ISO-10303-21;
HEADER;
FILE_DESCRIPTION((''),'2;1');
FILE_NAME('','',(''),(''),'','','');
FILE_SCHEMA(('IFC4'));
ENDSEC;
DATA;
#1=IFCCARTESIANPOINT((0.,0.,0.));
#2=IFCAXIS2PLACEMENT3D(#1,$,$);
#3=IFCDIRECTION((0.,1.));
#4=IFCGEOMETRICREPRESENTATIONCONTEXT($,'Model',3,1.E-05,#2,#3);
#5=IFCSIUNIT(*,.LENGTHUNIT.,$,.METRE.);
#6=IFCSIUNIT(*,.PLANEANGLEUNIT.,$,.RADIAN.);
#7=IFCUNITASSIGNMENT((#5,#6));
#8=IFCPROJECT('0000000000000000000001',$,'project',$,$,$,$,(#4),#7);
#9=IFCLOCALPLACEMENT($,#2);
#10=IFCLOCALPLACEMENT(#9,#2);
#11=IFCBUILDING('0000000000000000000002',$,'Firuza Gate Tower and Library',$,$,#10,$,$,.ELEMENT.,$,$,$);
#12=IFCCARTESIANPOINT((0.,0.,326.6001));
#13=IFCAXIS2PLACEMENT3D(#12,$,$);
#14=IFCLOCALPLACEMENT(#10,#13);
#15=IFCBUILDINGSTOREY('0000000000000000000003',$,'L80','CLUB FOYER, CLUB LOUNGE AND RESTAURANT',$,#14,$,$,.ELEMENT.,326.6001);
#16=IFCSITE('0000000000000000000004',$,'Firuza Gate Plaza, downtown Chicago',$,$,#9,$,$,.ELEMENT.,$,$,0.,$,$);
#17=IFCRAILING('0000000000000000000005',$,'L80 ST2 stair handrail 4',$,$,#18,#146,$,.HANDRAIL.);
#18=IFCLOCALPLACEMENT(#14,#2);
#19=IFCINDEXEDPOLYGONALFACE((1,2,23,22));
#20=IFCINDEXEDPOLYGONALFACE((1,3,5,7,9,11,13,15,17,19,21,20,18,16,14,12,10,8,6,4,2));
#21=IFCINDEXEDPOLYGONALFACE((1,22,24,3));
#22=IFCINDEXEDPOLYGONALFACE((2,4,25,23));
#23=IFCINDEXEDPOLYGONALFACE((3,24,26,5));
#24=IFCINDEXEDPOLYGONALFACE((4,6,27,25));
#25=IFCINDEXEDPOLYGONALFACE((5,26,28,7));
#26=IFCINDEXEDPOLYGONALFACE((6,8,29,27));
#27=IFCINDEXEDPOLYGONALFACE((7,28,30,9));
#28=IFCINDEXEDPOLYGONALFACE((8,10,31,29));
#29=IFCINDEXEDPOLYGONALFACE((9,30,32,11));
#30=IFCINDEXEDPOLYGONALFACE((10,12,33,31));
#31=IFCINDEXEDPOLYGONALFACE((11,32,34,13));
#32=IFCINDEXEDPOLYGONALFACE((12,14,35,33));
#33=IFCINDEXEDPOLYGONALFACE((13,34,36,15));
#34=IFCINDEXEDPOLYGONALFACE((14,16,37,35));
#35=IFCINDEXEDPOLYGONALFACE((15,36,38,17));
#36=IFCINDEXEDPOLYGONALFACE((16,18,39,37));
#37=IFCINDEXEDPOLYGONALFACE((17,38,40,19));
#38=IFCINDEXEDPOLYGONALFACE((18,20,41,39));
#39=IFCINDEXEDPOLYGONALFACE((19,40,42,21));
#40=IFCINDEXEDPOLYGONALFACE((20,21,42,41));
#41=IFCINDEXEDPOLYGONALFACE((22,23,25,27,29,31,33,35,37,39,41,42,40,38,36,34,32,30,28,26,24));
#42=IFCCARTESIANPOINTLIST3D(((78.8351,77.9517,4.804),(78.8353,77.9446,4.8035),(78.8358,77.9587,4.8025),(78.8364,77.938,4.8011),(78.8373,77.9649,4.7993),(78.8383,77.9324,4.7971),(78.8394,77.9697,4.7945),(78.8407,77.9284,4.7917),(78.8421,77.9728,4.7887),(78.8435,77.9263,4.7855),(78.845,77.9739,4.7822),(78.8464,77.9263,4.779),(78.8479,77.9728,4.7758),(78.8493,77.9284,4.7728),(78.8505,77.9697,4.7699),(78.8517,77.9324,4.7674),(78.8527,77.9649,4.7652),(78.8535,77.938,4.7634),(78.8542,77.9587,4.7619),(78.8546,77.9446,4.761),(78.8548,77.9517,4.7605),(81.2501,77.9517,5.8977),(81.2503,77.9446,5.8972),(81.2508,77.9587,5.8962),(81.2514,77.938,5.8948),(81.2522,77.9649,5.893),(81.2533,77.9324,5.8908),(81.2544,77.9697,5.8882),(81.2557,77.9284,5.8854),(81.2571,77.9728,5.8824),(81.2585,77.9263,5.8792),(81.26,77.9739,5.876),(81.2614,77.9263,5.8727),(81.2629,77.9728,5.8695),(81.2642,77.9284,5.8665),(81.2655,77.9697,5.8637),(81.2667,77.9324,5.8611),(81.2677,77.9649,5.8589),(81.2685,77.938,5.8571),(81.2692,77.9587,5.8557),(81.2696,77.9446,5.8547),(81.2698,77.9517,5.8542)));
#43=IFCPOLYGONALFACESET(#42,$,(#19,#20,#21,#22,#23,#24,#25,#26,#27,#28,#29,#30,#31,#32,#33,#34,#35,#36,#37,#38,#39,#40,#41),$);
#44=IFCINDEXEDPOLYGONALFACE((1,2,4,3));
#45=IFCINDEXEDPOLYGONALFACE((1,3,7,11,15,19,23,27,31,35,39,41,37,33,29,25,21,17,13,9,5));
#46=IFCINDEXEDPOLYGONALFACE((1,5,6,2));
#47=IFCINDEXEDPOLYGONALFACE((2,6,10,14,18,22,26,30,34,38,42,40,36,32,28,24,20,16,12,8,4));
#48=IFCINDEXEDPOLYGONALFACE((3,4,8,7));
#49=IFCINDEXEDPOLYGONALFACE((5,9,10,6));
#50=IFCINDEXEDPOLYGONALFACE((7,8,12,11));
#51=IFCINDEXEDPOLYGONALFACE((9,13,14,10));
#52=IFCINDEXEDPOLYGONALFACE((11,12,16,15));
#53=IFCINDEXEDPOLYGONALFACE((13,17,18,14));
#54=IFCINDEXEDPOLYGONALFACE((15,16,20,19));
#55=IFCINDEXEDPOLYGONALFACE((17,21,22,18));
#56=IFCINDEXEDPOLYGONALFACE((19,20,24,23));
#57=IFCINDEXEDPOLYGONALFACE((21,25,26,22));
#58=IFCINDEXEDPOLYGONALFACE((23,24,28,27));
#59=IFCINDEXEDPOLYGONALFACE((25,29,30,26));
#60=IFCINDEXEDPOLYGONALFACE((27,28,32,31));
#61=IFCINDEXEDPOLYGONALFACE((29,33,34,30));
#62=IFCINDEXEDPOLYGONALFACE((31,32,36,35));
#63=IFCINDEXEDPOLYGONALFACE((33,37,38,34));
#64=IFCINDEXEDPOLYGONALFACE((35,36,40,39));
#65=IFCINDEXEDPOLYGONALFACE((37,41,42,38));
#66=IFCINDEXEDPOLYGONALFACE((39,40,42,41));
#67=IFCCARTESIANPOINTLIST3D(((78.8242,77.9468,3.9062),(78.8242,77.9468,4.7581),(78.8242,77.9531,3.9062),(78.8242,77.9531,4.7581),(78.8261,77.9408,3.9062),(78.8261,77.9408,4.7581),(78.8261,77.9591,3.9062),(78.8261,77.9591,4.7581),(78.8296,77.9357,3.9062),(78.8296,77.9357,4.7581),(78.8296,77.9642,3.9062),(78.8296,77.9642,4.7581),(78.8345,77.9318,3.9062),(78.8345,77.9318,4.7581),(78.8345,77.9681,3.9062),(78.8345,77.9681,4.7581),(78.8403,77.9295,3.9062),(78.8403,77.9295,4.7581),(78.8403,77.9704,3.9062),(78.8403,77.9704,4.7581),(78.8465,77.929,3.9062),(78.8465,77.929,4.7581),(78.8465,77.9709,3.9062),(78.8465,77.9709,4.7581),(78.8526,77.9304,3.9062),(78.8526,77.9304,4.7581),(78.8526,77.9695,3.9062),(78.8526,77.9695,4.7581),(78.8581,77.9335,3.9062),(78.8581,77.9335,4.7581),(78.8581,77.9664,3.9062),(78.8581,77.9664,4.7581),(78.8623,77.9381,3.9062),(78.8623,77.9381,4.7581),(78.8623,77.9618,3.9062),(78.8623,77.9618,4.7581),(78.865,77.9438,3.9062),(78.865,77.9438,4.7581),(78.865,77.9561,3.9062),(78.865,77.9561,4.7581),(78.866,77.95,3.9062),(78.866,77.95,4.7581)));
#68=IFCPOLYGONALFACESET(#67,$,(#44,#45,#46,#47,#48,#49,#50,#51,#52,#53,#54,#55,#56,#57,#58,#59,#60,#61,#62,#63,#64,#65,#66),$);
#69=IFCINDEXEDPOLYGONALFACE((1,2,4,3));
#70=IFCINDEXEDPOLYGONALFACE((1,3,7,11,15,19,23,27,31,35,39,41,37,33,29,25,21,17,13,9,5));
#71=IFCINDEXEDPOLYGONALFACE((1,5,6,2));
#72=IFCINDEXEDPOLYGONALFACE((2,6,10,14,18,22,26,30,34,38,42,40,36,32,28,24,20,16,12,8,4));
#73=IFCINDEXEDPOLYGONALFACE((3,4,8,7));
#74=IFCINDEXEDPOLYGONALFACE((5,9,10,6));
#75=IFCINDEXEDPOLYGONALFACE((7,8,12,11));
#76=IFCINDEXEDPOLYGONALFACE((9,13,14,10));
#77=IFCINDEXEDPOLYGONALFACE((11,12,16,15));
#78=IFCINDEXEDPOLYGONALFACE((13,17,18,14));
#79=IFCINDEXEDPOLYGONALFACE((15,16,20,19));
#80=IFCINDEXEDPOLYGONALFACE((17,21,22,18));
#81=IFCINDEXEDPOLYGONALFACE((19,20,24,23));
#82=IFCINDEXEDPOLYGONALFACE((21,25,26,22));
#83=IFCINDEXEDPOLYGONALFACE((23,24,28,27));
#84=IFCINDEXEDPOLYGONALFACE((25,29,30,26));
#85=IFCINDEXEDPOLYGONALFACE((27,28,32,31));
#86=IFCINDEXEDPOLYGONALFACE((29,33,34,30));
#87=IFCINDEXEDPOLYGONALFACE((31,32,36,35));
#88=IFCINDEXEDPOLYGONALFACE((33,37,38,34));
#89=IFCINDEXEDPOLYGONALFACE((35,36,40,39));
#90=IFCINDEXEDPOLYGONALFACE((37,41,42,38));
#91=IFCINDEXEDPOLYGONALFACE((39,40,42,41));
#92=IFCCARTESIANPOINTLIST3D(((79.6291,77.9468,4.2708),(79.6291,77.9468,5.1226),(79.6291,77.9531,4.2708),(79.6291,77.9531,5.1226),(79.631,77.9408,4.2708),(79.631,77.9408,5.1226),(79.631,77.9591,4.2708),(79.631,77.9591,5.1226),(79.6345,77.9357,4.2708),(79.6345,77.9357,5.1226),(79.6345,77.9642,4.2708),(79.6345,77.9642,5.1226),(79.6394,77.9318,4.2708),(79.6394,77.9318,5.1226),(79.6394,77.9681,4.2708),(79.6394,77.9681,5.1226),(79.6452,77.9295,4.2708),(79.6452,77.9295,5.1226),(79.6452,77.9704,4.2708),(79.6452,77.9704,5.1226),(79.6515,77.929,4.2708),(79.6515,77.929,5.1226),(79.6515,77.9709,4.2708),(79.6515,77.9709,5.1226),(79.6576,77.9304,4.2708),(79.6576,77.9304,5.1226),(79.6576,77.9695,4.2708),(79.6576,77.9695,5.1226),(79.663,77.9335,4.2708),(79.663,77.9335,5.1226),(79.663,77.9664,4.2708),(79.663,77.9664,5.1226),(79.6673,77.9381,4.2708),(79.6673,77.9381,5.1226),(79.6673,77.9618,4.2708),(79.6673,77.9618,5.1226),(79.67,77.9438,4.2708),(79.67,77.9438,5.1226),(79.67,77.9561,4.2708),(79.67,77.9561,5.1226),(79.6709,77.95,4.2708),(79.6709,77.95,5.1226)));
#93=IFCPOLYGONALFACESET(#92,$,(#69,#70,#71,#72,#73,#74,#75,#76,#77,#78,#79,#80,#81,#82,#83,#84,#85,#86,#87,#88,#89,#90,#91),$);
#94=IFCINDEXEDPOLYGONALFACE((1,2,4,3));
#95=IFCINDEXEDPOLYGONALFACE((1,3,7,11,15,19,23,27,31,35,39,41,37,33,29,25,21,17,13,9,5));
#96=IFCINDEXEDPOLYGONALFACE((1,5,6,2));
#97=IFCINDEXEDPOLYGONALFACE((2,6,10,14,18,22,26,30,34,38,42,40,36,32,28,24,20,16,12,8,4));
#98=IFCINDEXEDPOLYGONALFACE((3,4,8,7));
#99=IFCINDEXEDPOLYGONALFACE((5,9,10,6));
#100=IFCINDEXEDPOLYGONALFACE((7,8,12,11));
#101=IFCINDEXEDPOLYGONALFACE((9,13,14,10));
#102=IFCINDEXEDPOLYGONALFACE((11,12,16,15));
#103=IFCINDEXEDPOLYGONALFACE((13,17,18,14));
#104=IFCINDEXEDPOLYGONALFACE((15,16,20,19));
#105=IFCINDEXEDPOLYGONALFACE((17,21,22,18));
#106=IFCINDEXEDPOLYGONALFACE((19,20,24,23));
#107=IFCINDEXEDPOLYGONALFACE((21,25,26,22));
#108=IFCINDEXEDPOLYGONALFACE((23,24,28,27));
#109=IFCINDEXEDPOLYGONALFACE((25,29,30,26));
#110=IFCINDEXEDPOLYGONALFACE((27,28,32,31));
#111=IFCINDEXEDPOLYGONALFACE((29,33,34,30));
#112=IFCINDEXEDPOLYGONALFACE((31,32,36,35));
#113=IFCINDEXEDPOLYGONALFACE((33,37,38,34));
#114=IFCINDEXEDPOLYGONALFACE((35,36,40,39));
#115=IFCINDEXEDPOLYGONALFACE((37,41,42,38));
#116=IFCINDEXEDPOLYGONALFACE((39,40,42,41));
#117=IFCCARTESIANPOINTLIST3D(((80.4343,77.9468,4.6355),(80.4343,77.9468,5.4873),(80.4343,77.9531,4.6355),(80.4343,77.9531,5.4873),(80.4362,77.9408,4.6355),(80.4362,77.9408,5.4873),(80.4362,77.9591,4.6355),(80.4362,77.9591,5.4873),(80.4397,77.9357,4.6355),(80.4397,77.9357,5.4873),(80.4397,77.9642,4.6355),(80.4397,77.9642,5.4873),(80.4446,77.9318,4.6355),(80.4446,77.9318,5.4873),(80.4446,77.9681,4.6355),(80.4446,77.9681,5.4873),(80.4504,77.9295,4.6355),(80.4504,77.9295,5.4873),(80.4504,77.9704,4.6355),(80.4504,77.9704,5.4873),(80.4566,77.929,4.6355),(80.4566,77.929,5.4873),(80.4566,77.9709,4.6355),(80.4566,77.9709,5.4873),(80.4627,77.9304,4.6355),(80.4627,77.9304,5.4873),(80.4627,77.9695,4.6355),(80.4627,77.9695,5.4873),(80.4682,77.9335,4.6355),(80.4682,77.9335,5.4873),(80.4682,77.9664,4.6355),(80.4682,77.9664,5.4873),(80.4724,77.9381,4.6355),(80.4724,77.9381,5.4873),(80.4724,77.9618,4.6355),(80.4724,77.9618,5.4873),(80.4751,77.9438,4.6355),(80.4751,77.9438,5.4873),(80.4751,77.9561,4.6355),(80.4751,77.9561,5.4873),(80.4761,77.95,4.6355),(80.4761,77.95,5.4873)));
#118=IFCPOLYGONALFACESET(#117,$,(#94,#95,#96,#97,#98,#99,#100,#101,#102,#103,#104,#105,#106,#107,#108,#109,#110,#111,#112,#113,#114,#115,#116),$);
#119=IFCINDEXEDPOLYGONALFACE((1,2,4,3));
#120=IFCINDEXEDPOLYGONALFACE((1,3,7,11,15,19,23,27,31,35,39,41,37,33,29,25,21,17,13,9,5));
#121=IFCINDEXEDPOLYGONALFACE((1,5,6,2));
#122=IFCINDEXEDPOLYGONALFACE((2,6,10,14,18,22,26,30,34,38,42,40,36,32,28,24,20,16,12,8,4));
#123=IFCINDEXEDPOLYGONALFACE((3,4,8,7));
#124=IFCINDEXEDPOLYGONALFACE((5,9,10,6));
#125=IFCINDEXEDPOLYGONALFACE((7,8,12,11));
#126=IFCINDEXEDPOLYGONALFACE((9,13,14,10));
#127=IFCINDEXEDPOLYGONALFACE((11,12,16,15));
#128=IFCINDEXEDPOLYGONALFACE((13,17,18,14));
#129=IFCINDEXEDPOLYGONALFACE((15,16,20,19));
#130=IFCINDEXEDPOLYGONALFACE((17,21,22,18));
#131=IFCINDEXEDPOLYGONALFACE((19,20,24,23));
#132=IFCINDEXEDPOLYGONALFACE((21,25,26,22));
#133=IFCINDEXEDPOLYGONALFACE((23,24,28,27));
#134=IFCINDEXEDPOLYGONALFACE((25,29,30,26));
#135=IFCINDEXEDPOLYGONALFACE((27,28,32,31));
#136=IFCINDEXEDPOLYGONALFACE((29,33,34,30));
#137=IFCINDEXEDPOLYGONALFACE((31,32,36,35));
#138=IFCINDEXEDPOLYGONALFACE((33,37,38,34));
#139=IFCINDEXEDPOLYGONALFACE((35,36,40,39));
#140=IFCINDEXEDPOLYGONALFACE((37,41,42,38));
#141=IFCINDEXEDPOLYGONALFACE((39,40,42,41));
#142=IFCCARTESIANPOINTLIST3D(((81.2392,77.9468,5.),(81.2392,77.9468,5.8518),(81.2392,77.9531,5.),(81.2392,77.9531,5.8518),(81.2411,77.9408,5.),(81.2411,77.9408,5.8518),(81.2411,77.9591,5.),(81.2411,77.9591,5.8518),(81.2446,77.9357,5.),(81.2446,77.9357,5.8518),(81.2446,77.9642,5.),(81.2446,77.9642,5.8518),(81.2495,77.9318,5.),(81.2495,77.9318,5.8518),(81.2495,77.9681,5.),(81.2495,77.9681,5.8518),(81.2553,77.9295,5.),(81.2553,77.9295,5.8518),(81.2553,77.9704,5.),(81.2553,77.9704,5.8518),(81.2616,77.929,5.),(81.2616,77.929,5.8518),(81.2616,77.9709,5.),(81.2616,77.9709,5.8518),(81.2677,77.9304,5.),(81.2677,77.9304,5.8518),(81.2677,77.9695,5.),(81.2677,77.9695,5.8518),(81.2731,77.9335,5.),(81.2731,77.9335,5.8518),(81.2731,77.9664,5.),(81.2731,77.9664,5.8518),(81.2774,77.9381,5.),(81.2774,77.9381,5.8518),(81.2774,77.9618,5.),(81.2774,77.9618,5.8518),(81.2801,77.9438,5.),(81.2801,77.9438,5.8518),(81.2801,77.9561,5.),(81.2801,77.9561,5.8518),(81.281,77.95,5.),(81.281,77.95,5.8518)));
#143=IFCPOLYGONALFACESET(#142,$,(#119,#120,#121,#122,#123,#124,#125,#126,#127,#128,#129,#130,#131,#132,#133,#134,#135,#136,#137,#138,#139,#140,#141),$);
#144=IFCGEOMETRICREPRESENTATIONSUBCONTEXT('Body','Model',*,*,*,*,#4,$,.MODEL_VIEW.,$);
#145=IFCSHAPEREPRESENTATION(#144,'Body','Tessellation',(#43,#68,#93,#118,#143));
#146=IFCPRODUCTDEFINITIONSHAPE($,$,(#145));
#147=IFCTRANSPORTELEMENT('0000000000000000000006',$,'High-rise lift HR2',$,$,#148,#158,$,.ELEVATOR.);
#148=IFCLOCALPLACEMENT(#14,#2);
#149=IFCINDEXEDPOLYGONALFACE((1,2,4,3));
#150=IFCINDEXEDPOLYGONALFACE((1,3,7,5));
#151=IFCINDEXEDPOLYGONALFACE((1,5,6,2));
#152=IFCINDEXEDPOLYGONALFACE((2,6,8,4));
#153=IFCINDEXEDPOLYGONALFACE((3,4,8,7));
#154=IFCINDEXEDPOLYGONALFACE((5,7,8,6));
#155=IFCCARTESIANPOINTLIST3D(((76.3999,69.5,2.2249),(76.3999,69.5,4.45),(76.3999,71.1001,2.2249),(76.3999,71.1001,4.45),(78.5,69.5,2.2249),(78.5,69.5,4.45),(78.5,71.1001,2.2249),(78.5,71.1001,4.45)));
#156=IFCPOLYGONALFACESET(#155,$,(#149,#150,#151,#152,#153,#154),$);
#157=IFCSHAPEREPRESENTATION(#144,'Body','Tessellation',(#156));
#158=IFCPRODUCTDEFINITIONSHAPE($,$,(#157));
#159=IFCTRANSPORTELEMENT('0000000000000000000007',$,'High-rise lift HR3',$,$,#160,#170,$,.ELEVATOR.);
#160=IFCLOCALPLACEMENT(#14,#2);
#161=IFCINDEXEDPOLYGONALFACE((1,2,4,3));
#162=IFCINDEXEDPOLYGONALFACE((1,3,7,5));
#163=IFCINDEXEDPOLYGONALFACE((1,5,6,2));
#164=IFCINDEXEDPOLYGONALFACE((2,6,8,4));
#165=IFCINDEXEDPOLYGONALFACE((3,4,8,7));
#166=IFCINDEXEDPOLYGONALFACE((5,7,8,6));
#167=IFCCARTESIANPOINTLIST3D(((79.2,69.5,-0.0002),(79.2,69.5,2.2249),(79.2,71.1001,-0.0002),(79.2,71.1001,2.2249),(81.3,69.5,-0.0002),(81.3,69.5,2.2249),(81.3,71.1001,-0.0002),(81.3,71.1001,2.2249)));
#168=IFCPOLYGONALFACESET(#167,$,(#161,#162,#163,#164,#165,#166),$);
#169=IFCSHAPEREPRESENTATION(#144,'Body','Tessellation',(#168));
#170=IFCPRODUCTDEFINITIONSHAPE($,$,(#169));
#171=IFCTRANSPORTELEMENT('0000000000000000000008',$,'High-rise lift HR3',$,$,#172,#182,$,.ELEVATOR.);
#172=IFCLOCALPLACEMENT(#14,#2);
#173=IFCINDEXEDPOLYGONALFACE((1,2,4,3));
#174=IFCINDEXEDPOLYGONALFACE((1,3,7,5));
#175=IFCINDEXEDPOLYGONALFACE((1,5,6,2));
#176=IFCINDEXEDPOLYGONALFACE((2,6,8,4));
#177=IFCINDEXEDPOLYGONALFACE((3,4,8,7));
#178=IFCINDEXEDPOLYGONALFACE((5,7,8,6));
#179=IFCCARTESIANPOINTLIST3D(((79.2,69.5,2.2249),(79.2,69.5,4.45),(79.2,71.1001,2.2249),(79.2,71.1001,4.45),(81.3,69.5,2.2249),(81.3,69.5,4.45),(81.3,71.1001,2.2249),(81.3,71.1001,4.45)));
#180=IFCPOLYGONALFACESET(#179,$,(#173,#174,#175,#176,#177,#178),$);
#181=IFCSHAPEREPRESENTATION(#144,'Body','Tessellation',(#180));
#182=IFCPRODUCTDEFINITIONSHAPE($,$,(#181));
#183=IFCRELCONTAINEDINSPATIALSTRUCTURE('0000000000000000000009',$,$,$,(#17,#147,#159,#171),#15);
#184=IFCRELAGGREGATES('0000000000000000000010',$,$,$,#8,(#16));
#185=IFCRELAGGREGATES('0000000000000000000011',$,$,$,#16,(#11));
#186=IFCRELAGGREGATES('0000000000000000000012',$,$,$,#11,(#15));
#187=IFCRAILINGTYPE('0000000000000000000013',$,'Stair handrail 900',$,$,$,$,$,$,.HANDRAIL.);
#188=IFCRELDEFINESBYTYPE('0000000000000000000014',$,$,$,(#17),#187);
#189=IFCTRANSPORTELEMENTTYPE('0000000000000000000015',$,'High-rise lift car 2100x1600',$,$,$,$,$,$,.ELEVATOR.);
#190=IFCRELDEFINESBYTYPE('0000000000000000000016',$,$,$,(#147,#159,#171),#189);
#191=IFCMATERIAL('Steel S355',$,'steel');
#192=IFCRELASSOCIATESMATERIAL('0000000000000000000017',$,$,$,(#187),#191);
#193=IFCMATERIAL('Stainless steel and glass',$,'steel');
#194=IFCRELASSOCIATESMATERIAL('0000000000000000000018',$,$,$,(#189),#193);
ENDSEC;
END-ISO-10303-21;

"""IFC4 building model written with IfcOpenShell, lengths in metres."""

from ifc_helpers import new_model, si_unit, direction, frame, origin, origin_2d, place, context, subcontext, project, spatial, rectangle, circle, extrude, material, type_object, element, save


model = new_model("IFC4")

# Units and contexts
model_context = context("Model", 3, precision=1e-05, world=origin(), true_north=direction((0.0, 1.0)))
body_context = subcontext(model_context, "Body", "Model", "MODEL_VIEW")
ifc_project = project(units=[si_unit("LENGTHUNIT", "METRE"), si_unit("PLANEANGLEUNIT", "RADIAN")], contexts=[model_context])

# Site, building, storey
site_placement = place(None, origin())
site = spatial("IfcSite", under=ifc_project, at=site_placement, Name="Firuza Gate Plaza, downtown Chicago", CompositionType="ELEMENT", RefElevation=0.0)
building_placement = place(site_placement, origin())
building = spatial("IfcBuilding", under=site, at=building_placement, Name="Firuza Gate Tower and Library", CompositionType="ELEMENT")
storey_placement = place(building_placement, frame((0.0, 0.0, 326.6001)))
storey = spatial("IfcBuildingStorey", under=building, at=storey_placement, Name="L80", Description="CLUB FOYER, CLUB LOUNGE AND RESTAURANT", CompositionType="ELEMENT", Elevation=326.6001)

# Railing
ifc_material_1 = material(Name="Steel S355", Category="steel")
railing_type_1 = type_object("IfcRailingType", Name="Stair handrail 900", PredefinedType="HANDRAIL", material=ifc_material_1)
railing_1_placement = place(storey_placement, frame((78.845, 77.95, 3.9062)))
element("IfcRailing", 1, at=railing_1_placement, inside=storey, type_object=railing_type_1, Name="L80 ST2 stair handrail 4", PredefinedType="HANDRAIL", context=body_context, shape_type="SweptSolid", body=[
    extrude(circle(Radius=0.0239, at=origin_2d()), frame((0.0, 0.0, 0.876), z_axis=(0.910933, 0.0, 0.412554), x_axis=(0.0, 1.0, 0.0)), (0.0, 0.0, 1.0), 2.6511),
    extrude(circle(Radius=0.021, at=origin_2d()), origin(), (0.0, 0.0, 1.0), 0.8518),
    extrude(circle(Radius=0.021, at=origin_2d()), frame((0.8049, 0.0, 0.3645)), (0.0, 0.0, 1.0), 0.8518),
    extrude(circle(Radius=0.021, at=origin_2d()), frame((1.6101, 0.0, 0.7292)), (0.0, 0.0, 1.0), 0.8518),
    extrude(circle(Radius=0.021, at=origin_2d()), frame((2.415, 0.0, 1.0938)), (0.0, 0.0, 1.0), 0.8518),
])

# Transport elements
ifc_material_2 = material(Name="Stainless steel and glass", Category="steel")
transport_element_type = type_object("IfcTransportElementType", Name="High-rise lift car 2100x1600", PredefinedType="ELEVATOR", material=ifc_material_2)
for number, where, z_axis, x_axis, name in (
    (2, (77.45, 70.3, 2.2249), (0.0, 0.0, 1.0), (1.0, 0.0, 0.0), "High-rise lift HR2"),
    (3, (80.25, 70.3, -0.0002), (0.0, 0.0, 1.0), (1.0, 0.0, 0.0), "High-rise lift HR3"),
    (4, (80.25, 70.3, 2.2249), (0.0, 0.0, 1.0), (1.0, 0.0, 0.0), "High-rise lift HR3"),
):
    element("IfcTransportElement", number, at=place(storey_placement, frame(where, z_axis=z_axis, x_axis=x_axis)), inside=storey, type_object=transport_element_type, Name=name, PredefinedType="ELEVATOR", context=body_context, shape_type="SweptSolid", body=[
        extrude(rectangle(XDim=2.1001, YDim=1.6001, at=origin_2d()), origin(), (0.0, 0.0, 1.0), 2.2251),
    ])

save(model, "model.ifc")
